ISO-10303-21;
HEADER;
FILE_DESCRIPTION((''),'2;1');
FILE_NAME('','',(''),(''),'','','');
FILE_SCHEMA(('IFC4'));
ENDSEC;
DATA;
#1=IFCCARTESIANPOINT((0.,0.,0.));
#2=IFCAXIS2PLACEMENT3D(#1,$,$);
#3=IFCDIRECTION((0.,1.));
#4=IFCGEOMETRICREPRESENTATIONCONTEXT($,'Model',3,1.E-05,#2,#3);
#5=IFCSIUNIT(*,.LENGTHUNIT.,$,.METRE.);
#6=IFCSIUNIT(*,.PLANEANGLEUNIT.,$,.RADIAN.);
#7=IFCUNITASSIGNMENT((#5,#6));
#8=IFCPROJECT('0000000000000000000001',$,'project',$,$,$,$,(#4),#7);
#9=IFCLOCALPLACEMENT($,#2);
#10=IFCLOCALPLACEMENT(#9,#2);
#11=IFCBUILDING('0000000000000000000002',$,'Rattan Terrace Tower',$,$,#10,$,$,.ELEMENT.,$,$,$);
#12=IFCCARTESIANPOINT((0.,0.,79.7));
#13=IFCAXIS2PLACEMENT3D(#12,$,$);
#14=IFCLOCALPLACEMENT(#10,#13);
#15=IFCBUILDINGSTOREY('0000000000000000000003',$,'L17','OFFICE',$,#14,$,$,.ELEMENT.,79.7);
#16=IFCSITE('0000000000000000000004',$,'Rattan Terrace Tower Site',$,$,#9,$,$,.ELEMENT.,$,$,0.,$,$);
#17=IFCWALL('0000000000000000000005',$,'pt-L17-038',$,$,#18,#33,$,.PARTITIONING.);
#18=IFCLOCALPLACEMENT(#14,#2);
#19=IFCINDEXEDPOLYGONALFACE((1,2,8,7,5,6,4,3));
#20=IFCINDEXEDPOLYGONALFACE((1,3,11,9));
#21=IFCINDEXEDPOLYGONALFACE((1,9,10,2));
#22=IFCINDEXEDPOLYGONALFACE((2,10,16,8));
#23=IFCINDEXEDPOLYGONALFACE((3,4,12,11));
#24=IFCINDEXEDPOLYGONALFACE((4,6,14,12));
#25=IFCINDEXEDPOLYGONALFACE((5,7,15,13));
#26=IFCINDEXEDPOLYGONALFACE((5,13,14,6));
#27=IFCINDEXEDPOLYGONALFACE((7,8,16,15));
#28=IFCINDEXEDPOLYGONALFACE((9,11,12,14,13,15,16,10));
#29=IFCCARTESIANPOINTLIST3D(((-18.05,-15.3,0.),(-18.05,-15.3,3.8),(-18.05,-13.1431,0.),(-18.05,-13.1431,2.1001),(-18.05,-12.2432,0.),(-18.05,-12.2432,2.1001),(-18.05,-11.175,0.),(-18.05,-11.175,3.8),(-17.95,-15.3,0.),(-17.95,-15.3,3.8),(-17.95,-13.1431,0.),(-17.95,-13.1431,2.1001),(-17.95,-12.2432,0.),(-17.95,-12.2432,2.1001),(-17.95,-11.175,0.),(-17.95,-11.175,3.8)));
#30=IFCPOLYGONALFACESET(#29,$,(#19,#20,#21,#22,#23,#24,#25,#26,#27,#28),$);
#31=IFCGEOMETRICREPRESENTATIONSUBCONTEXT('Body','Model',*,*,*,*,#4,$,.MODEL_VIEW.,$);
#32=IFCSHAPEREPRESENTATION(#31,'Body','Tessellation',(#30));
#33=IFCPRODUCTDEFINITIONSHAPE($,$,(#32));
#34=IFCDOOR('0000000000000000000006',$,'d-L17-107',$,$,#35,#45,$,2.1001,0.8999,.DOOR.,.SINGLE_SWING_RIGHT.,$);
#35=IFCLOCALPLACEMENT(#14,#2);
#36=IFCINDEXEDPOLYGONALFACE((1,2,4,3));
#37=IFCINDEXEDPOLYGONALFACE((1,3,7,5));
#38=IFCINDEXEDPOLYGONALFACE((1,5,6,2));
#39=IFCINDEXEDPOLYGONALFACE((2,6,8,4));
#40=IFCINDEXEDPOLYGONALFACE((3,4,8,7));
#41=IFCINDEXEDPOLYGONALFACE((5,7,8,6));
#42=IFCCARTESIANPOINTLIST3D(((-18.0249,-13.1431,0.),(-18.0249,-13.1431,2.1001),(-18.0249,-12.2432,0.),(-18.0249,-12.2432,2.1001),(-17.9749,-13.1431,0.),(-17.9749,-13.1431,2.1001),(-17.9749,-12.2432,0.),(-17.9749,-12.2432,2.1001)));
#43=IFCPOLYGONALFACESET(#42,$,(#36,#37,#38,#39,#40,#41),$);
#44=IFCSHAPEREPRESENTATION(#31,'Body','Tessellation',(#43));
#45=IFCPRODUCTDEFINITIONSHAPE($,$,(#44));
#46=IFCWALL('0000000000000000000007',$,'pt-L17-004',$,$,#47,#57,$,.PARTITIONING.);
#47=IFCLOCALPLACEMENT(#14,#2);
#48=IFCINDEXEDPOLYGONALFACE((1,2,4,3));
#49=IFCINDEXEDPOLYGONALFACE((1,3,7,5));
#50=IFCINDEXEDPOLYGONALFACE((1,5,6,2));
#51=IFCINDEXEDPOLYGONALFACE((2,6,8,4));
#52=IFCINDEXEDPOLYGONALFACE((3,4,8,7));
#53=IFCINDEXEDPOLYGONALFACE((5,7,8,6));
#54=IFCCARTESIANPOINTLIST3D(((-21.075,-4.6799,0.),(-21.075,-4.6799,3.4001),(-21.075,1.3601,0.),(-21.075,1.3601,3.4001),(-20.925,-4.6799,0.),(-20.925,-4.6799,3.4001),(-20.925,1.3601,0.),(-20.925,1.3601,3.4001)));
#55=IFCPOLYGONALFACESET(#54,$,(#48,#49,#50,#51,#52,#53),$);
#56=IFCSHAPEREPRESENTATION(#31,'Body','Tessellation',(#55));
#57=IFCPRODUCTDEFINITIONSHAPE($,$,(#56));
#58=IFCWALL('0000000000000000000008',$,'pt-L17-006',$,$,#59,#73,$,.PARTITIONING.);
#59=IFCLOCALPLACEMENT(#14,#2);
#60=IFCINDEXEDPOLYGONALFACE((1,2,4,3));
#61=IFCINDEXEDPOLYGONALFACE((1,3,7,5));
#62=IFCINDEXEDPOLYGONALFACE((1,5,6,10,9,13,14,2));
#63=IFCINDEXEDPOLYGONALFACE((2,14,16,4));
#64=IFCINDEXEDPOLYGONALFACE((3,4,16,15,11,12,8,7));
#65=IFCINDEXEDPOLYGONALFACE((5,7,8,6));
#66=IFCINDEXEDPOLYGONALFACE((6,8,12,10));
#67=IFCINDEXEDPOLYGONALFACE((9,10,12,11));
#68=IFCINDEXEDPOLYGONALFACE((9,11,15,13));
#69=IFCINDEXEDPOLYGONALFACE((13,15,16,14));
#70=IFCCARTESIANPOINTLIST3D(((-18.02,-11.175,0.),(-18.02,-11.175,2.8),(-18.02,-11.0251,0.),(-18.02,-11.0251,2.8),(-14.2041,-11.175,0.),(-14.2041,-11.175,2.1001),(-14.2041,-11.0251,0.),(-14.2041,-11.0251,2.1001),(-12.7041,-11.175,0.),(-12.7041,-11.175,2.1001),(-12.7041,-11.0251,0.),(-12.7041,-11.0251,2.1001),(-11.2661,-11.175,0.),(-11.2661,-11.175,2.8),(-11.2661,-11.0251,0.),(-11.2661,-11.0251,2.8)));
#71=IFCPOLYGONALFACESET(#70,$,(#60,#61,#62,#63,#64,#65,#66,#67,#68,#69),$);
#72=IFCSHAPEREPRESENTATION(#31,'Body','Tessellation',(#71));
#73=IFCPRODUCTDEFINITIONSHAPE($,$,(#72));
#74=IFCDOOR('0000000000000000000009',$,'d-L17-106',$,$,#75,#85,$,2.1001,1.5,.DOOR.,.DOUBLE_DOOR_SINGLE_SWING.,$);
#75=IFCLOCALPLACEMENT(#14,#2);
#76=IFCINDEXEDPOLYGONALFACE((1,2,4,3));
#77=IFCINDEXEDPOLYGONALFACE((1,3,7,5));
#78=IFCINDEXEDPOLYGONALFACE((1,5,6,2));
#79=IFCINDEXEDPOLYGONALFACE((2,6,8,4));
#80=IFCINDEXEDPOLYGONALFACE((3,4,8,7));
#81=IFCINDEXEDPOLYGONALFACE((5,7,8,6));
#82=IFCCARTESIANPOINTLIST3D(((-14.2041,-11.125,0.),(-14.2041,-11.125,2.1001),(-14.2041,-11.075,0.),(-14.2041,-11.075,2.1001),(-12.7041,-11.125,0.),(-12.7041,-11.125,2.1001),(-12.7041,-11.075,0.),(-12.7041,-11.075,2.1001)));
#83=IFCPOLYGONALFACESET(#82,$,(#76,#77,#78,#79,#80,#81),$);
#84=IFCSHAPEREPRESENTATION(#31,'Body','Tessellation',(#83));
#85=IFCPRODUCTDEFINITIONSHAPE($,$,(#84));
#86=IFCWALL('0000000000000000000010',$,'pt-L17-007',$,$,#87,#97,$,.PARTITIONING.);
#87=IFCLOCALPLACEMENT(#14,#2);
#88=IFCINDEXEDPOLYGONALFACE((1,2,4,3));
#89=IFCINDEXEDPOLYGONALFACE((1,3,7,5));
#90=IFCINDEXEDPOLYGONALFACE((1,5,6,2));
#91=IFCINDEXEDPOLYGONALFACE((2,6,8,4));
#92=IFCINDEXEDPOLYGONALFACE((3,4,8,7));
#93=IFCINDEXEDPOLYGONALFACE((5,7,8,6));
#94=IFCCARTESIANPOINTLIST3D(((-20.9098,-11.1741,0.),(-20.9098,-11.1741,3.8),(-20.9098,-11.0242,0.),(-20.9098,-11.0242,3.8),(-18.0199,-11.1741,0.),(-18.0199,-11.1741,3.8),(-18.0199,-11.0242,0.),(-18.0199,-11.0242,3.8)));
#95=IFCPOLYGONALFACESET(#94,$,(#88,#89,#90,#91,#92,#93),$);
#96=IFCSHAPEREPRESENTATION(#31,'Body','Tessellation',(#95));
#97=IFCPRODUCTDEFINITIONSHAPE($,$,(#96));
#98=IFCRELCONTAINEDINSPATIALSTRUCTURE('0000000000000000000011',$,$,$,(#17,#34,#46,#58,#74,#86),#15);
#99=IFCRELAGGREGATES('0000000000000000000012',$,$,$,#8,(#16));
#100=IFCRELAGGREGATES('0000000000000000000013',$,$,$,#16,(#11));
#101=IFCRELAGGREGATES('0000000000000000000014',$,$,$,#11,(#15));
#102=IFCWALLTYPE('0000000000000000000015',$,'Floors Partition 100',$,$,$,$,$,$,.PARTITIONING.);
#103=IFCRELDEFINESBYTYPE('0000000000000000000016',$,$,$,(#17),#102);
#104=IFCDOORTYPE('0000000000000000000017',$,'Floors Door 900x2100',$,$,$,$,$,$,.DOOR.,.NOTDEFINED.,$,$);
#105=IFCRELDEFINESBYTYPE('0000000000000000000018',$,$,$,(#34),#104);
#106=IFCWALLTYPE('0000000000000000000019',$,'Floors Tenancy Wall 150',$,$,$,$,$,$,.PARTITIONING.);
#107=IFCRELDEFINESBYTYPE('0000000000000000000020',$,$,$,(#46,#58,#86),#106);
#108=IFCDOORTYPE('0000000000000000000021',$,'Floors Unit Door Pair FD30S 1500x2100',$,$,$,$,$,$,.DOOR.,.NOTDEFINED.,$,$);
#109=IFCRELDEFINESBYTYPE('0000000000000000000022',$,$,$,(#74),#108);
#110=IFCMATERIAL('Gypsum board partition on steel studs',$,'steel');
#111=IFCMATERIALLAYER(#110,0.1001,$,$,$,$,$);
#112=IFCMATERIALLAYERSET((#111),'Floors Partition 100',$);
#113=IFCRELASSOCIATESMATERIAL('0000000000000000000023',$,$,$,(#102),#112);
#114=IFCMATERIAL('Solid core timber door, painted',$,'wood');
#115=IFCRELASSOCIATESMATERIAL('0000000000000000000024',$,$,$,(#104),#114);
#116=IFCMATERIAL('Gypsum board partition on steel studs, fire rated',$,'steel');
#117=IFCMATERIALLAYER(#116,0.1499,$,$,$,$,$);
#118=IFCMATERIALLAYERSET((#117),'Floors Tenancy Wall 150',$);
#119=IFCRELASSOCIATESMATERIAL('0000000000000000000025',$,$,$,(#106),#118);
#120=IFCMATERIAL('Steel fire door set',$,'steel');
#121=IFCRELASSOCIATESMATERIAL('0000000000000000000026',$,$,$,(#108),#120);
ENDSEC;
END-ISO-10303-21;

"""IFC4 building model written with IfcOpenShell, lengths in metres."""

from ifc_helpers import new_model, si_unit, direction, frame, frame_2d, origin, place, context, subcontext, project, spatial, rectangle, extrude, material, layer, layer_set, type_object, element, fill, save


model = new_model("IFC4")

# Units and contexts
model_context = context("Model", 3, precision=1e-05, world=origin(), true_north=direction((0.0, 1.0)))
body_context = subcontext(model_context, "Body", "Model", "MODEL_VIEW")
ifc_project = project(units=[si_unit("LENGTHUNIT", "METRE"), si_unit("PLANEANGLEUNIT", "RADIAN")], contexts=[model_context])

# Site, building, storey
site_placement = place(None, origin())
site = spatial("IfcSite", under=ifc_project, at=site_placement, Name="Rattan Terrace Tower Site", CompositionType="ELEMENT", RefElevation=0.0)
building_placement = place(site_placement, origin())
building = spatial("IfcBuilding", under=site, at=building_placement, Name="Rattan Terrace Tower", CompositionType="ELEMENT")
storey_placement = place(building_placement, frame((0.0, 0.0, 79.7)))
storey = spatial("IfcBuildingStorey", under=building, at=storey_placement, Name="L17", Description="OFFICE", CompositionType="ELEMENT", Elevation=79.7)

# Shared definitions
ifc_material_1 = material(Name="Gypsum board partition on steel studs", Category="steel")
ifc_layer_1 = layer(ifc_material_1, 0.1001)
ifc_layer_set_1 = layer_set([ifc_layer_1], Name="Floors Partition 100")
wall_type_1 = type_object("IfcWallType", Name="Floors Partition 100", PredefinedType="PARTITIONING", material=ifc_layer_set_1)

# Wall, opening, door
wall_1_placement = place(storey_placement, frame((-18.0, -15.3, 0.0), z_axis=(0.0, 0.0, 1.0), x_axis=(0.0, 1.0, 0.0)))
wall_1 = element("IfcWall", 1, at=wall_1_placement, inside=storey, type_object=wall_type_1, Name="pt-L17-038", PredefinedType="PARTITIONING", context=body_context, shape_type="SweptSolid", body=[
    extrude(rectangle(XDim=4.125, YDim=0.1001, at=frame_2d((2.0625, 0.0))), origin(), (0.0, 0.0, 1.0), 3.8),
])
opening_1_placement = place(wall_1_placement, frame((2.157, 0.0, 0.0)))
opening_1 = element("IfcOpeningElement", 2, at=opening_1_placement, cuts=wall_1, PredefinedType="OPENING", context=body_context, shape_type="SweptSolid", body=[
    extrude(rectangle(XDim=0.8999, YDim=2.1001, at=frame_2d((0.45, 1.05))), frame((0.0, 0.0605, 0.0), z_axis=(0.0, -1.0, 0.0), x_axis=(1.0, 0.0, 0.0)), (0.0, 0.0, 1.0), 0.1211),
])
ifc_material_2 = material(Name="Solid core timber door, painted", Category="wood")
door_type_1 = type_object("IfcDoorType", Name="Floors Door 900x2100", OperationType="NOTDEFINED", PredefinedType="DOOR", material=ifc_material_2)
door_1_placement = place(opening_1_placement, origin())
door_1 = element("IfcDoor", 3, at=door_1_placement, inside=storey, type_object=door_type_1, Name="d-L17-107", OperationType="SINGLE_SWING_RIGHT", OverallHeight=2.1001, OverallWidth=0.8999, PredefinedType="DOOR", context=body_context, shape_type="SweptSolid", body=[
    extrude(rectangle(XDim=0.8999, YDim=2.1001, at=frame_2d((0.45, 1.05))), frame((0.0, 0.0249, 0.0), z_axis=(0.0, -1.0, 0.0), x_axis=(1.0, 0.0, 0.0)), (0.0, 0.0, 1.0), 0.05),
])
fill(opening_1, door_1)

# Wall
ifc_material_3 = material(Name="Gypsum board partition on steel studs, fire rated", Category="steel")
ifc_layer_2 = layer(ifc_material_3, 0.1499)
ifc_layer_set_2 = layer_set([ifc_layer_2], Name="Floors Tenancy Wall 150")
wall_type_2 = type_object("IfcWallType", Name="Floors Tenancy Wall 150", PredefinedType="PARTITIONING", material=ifc_layer_set_2)
wall_2_placement = place(storey_placement, frame((-21.0, -4.6799, 0.0), z_axis=(0.0, 0.0, 1.0), x_axis=(0.0, 1.0, 0.0)))
element("IfcWall", 4, at=wall_2_placement, inside=storey, type_object=wall_type_2, Name="pt-L17-004", PredefinedType="PARTITIONING", context=body_context, shape_type="SweptSolid", body=[
    extrude(rectangle(XDim=6.04, YDim=0.1499, at=frame_2d((3.02, 0.0))), origin(), (0.0, 0.0, 1.0), 3.4001),
])

# Wall, opening, door
wall_3_placement = place(storey_placement, frame((-11.2661, -11.1001, 0.0), z_axis=(0.0, 0.0, 1.0), x_axis=(-1.0, 0.0, 0.0)))
wall_3 = element("IfcWall", 5, at=wall_3_placement, inside=storey, type_object=wall_type_2, Name="pt-L17-006", PredefinedType="PARTITIONING", context=body_context, shape_type="SweptSolid", body=[
    extrude(rectangle(XDim=6.7539, YDim=0.1499, at=frame_2d((3.377, 0.0))), origin(), (0.0, 0.0, 1.0), 2.8),
])
opening_2_placement = place(wall_3_placement, frame((1.438, 0.0, 0.0)))
opening_2 = element("IfcOpeningElement", 6, at=opening_2_placement, cuts=wall_3, PredefinedType="OPENING", context=body_context, shape_type="SweptSolid", body=[
    extrude(rectangle(XDim=1.5, YDim=2.1001, at=frame_2d((0.75, 1.05))), frame((0.0, 0.0854, 0.0), z_axis=(0.0, -1.0, 0.0), x_axis=(1.0, 0.0, 0.0)), (0.0, 0.0, 1.0), 0.1709),
])
ifc_material_4 = material(Name="Steel fire door set", Category="steel")
door_type_2 = type_object("IfcDoorType", Name="Floors Unit Door Pair FD30S 1500x2100", OperationType="NOTDEFINED", PredefinedType="DOOR", material=ifc_material_4)
door_2_placement = place(opening_2_placement, origin())
door_2 = element("IfcDoor", 7, at=door_2_placement, inside=storey, type_object=door_type_2, Name="d-L17-106", OperationType="DOUBLE_DOOR_SINGLE_SWING", OverallHeight=2.1001, OverallWidth=1.5, PredefinedType="DOOR", context=body_context, shape_type="SweptSolid", body=[
    extrude(rectangle(XDim=1.5, YDim=2.1001, at=frame_2d((0.75, 1.05))), frame((0.0, 0.0249, 0.0), z_axis=(0.0, -1.0, 0.0), x_axis=(1.0, 0.0, 0.0)), (0.0, 0.0, 1.0), 0.05),
])
fill(opening_2, door_2)

# Wall
wall_4_placement = place(storey_placement, frame((-18.02, -11.0991, 0.0), z_axis=(0.0, 0.0, 1.0), x_axis=(-1.0, 0.0, 0.0)))
element("IfcWall", 8, at=wall_4_placement, inside=storey, type_object=wall_type_2, Name="pt-L17-007", PredefinedType="PARTITIONING", context=body_context, shape_type="SweptSolid", body=[
    extrude(rectangle(XDim=2.8899, YDim=0.1499, at=frame_2d((1.4448, 0.0))), origin(), (0.0, 0.0, 1.0), 3.8),
])

save(model, "model.ifc")
